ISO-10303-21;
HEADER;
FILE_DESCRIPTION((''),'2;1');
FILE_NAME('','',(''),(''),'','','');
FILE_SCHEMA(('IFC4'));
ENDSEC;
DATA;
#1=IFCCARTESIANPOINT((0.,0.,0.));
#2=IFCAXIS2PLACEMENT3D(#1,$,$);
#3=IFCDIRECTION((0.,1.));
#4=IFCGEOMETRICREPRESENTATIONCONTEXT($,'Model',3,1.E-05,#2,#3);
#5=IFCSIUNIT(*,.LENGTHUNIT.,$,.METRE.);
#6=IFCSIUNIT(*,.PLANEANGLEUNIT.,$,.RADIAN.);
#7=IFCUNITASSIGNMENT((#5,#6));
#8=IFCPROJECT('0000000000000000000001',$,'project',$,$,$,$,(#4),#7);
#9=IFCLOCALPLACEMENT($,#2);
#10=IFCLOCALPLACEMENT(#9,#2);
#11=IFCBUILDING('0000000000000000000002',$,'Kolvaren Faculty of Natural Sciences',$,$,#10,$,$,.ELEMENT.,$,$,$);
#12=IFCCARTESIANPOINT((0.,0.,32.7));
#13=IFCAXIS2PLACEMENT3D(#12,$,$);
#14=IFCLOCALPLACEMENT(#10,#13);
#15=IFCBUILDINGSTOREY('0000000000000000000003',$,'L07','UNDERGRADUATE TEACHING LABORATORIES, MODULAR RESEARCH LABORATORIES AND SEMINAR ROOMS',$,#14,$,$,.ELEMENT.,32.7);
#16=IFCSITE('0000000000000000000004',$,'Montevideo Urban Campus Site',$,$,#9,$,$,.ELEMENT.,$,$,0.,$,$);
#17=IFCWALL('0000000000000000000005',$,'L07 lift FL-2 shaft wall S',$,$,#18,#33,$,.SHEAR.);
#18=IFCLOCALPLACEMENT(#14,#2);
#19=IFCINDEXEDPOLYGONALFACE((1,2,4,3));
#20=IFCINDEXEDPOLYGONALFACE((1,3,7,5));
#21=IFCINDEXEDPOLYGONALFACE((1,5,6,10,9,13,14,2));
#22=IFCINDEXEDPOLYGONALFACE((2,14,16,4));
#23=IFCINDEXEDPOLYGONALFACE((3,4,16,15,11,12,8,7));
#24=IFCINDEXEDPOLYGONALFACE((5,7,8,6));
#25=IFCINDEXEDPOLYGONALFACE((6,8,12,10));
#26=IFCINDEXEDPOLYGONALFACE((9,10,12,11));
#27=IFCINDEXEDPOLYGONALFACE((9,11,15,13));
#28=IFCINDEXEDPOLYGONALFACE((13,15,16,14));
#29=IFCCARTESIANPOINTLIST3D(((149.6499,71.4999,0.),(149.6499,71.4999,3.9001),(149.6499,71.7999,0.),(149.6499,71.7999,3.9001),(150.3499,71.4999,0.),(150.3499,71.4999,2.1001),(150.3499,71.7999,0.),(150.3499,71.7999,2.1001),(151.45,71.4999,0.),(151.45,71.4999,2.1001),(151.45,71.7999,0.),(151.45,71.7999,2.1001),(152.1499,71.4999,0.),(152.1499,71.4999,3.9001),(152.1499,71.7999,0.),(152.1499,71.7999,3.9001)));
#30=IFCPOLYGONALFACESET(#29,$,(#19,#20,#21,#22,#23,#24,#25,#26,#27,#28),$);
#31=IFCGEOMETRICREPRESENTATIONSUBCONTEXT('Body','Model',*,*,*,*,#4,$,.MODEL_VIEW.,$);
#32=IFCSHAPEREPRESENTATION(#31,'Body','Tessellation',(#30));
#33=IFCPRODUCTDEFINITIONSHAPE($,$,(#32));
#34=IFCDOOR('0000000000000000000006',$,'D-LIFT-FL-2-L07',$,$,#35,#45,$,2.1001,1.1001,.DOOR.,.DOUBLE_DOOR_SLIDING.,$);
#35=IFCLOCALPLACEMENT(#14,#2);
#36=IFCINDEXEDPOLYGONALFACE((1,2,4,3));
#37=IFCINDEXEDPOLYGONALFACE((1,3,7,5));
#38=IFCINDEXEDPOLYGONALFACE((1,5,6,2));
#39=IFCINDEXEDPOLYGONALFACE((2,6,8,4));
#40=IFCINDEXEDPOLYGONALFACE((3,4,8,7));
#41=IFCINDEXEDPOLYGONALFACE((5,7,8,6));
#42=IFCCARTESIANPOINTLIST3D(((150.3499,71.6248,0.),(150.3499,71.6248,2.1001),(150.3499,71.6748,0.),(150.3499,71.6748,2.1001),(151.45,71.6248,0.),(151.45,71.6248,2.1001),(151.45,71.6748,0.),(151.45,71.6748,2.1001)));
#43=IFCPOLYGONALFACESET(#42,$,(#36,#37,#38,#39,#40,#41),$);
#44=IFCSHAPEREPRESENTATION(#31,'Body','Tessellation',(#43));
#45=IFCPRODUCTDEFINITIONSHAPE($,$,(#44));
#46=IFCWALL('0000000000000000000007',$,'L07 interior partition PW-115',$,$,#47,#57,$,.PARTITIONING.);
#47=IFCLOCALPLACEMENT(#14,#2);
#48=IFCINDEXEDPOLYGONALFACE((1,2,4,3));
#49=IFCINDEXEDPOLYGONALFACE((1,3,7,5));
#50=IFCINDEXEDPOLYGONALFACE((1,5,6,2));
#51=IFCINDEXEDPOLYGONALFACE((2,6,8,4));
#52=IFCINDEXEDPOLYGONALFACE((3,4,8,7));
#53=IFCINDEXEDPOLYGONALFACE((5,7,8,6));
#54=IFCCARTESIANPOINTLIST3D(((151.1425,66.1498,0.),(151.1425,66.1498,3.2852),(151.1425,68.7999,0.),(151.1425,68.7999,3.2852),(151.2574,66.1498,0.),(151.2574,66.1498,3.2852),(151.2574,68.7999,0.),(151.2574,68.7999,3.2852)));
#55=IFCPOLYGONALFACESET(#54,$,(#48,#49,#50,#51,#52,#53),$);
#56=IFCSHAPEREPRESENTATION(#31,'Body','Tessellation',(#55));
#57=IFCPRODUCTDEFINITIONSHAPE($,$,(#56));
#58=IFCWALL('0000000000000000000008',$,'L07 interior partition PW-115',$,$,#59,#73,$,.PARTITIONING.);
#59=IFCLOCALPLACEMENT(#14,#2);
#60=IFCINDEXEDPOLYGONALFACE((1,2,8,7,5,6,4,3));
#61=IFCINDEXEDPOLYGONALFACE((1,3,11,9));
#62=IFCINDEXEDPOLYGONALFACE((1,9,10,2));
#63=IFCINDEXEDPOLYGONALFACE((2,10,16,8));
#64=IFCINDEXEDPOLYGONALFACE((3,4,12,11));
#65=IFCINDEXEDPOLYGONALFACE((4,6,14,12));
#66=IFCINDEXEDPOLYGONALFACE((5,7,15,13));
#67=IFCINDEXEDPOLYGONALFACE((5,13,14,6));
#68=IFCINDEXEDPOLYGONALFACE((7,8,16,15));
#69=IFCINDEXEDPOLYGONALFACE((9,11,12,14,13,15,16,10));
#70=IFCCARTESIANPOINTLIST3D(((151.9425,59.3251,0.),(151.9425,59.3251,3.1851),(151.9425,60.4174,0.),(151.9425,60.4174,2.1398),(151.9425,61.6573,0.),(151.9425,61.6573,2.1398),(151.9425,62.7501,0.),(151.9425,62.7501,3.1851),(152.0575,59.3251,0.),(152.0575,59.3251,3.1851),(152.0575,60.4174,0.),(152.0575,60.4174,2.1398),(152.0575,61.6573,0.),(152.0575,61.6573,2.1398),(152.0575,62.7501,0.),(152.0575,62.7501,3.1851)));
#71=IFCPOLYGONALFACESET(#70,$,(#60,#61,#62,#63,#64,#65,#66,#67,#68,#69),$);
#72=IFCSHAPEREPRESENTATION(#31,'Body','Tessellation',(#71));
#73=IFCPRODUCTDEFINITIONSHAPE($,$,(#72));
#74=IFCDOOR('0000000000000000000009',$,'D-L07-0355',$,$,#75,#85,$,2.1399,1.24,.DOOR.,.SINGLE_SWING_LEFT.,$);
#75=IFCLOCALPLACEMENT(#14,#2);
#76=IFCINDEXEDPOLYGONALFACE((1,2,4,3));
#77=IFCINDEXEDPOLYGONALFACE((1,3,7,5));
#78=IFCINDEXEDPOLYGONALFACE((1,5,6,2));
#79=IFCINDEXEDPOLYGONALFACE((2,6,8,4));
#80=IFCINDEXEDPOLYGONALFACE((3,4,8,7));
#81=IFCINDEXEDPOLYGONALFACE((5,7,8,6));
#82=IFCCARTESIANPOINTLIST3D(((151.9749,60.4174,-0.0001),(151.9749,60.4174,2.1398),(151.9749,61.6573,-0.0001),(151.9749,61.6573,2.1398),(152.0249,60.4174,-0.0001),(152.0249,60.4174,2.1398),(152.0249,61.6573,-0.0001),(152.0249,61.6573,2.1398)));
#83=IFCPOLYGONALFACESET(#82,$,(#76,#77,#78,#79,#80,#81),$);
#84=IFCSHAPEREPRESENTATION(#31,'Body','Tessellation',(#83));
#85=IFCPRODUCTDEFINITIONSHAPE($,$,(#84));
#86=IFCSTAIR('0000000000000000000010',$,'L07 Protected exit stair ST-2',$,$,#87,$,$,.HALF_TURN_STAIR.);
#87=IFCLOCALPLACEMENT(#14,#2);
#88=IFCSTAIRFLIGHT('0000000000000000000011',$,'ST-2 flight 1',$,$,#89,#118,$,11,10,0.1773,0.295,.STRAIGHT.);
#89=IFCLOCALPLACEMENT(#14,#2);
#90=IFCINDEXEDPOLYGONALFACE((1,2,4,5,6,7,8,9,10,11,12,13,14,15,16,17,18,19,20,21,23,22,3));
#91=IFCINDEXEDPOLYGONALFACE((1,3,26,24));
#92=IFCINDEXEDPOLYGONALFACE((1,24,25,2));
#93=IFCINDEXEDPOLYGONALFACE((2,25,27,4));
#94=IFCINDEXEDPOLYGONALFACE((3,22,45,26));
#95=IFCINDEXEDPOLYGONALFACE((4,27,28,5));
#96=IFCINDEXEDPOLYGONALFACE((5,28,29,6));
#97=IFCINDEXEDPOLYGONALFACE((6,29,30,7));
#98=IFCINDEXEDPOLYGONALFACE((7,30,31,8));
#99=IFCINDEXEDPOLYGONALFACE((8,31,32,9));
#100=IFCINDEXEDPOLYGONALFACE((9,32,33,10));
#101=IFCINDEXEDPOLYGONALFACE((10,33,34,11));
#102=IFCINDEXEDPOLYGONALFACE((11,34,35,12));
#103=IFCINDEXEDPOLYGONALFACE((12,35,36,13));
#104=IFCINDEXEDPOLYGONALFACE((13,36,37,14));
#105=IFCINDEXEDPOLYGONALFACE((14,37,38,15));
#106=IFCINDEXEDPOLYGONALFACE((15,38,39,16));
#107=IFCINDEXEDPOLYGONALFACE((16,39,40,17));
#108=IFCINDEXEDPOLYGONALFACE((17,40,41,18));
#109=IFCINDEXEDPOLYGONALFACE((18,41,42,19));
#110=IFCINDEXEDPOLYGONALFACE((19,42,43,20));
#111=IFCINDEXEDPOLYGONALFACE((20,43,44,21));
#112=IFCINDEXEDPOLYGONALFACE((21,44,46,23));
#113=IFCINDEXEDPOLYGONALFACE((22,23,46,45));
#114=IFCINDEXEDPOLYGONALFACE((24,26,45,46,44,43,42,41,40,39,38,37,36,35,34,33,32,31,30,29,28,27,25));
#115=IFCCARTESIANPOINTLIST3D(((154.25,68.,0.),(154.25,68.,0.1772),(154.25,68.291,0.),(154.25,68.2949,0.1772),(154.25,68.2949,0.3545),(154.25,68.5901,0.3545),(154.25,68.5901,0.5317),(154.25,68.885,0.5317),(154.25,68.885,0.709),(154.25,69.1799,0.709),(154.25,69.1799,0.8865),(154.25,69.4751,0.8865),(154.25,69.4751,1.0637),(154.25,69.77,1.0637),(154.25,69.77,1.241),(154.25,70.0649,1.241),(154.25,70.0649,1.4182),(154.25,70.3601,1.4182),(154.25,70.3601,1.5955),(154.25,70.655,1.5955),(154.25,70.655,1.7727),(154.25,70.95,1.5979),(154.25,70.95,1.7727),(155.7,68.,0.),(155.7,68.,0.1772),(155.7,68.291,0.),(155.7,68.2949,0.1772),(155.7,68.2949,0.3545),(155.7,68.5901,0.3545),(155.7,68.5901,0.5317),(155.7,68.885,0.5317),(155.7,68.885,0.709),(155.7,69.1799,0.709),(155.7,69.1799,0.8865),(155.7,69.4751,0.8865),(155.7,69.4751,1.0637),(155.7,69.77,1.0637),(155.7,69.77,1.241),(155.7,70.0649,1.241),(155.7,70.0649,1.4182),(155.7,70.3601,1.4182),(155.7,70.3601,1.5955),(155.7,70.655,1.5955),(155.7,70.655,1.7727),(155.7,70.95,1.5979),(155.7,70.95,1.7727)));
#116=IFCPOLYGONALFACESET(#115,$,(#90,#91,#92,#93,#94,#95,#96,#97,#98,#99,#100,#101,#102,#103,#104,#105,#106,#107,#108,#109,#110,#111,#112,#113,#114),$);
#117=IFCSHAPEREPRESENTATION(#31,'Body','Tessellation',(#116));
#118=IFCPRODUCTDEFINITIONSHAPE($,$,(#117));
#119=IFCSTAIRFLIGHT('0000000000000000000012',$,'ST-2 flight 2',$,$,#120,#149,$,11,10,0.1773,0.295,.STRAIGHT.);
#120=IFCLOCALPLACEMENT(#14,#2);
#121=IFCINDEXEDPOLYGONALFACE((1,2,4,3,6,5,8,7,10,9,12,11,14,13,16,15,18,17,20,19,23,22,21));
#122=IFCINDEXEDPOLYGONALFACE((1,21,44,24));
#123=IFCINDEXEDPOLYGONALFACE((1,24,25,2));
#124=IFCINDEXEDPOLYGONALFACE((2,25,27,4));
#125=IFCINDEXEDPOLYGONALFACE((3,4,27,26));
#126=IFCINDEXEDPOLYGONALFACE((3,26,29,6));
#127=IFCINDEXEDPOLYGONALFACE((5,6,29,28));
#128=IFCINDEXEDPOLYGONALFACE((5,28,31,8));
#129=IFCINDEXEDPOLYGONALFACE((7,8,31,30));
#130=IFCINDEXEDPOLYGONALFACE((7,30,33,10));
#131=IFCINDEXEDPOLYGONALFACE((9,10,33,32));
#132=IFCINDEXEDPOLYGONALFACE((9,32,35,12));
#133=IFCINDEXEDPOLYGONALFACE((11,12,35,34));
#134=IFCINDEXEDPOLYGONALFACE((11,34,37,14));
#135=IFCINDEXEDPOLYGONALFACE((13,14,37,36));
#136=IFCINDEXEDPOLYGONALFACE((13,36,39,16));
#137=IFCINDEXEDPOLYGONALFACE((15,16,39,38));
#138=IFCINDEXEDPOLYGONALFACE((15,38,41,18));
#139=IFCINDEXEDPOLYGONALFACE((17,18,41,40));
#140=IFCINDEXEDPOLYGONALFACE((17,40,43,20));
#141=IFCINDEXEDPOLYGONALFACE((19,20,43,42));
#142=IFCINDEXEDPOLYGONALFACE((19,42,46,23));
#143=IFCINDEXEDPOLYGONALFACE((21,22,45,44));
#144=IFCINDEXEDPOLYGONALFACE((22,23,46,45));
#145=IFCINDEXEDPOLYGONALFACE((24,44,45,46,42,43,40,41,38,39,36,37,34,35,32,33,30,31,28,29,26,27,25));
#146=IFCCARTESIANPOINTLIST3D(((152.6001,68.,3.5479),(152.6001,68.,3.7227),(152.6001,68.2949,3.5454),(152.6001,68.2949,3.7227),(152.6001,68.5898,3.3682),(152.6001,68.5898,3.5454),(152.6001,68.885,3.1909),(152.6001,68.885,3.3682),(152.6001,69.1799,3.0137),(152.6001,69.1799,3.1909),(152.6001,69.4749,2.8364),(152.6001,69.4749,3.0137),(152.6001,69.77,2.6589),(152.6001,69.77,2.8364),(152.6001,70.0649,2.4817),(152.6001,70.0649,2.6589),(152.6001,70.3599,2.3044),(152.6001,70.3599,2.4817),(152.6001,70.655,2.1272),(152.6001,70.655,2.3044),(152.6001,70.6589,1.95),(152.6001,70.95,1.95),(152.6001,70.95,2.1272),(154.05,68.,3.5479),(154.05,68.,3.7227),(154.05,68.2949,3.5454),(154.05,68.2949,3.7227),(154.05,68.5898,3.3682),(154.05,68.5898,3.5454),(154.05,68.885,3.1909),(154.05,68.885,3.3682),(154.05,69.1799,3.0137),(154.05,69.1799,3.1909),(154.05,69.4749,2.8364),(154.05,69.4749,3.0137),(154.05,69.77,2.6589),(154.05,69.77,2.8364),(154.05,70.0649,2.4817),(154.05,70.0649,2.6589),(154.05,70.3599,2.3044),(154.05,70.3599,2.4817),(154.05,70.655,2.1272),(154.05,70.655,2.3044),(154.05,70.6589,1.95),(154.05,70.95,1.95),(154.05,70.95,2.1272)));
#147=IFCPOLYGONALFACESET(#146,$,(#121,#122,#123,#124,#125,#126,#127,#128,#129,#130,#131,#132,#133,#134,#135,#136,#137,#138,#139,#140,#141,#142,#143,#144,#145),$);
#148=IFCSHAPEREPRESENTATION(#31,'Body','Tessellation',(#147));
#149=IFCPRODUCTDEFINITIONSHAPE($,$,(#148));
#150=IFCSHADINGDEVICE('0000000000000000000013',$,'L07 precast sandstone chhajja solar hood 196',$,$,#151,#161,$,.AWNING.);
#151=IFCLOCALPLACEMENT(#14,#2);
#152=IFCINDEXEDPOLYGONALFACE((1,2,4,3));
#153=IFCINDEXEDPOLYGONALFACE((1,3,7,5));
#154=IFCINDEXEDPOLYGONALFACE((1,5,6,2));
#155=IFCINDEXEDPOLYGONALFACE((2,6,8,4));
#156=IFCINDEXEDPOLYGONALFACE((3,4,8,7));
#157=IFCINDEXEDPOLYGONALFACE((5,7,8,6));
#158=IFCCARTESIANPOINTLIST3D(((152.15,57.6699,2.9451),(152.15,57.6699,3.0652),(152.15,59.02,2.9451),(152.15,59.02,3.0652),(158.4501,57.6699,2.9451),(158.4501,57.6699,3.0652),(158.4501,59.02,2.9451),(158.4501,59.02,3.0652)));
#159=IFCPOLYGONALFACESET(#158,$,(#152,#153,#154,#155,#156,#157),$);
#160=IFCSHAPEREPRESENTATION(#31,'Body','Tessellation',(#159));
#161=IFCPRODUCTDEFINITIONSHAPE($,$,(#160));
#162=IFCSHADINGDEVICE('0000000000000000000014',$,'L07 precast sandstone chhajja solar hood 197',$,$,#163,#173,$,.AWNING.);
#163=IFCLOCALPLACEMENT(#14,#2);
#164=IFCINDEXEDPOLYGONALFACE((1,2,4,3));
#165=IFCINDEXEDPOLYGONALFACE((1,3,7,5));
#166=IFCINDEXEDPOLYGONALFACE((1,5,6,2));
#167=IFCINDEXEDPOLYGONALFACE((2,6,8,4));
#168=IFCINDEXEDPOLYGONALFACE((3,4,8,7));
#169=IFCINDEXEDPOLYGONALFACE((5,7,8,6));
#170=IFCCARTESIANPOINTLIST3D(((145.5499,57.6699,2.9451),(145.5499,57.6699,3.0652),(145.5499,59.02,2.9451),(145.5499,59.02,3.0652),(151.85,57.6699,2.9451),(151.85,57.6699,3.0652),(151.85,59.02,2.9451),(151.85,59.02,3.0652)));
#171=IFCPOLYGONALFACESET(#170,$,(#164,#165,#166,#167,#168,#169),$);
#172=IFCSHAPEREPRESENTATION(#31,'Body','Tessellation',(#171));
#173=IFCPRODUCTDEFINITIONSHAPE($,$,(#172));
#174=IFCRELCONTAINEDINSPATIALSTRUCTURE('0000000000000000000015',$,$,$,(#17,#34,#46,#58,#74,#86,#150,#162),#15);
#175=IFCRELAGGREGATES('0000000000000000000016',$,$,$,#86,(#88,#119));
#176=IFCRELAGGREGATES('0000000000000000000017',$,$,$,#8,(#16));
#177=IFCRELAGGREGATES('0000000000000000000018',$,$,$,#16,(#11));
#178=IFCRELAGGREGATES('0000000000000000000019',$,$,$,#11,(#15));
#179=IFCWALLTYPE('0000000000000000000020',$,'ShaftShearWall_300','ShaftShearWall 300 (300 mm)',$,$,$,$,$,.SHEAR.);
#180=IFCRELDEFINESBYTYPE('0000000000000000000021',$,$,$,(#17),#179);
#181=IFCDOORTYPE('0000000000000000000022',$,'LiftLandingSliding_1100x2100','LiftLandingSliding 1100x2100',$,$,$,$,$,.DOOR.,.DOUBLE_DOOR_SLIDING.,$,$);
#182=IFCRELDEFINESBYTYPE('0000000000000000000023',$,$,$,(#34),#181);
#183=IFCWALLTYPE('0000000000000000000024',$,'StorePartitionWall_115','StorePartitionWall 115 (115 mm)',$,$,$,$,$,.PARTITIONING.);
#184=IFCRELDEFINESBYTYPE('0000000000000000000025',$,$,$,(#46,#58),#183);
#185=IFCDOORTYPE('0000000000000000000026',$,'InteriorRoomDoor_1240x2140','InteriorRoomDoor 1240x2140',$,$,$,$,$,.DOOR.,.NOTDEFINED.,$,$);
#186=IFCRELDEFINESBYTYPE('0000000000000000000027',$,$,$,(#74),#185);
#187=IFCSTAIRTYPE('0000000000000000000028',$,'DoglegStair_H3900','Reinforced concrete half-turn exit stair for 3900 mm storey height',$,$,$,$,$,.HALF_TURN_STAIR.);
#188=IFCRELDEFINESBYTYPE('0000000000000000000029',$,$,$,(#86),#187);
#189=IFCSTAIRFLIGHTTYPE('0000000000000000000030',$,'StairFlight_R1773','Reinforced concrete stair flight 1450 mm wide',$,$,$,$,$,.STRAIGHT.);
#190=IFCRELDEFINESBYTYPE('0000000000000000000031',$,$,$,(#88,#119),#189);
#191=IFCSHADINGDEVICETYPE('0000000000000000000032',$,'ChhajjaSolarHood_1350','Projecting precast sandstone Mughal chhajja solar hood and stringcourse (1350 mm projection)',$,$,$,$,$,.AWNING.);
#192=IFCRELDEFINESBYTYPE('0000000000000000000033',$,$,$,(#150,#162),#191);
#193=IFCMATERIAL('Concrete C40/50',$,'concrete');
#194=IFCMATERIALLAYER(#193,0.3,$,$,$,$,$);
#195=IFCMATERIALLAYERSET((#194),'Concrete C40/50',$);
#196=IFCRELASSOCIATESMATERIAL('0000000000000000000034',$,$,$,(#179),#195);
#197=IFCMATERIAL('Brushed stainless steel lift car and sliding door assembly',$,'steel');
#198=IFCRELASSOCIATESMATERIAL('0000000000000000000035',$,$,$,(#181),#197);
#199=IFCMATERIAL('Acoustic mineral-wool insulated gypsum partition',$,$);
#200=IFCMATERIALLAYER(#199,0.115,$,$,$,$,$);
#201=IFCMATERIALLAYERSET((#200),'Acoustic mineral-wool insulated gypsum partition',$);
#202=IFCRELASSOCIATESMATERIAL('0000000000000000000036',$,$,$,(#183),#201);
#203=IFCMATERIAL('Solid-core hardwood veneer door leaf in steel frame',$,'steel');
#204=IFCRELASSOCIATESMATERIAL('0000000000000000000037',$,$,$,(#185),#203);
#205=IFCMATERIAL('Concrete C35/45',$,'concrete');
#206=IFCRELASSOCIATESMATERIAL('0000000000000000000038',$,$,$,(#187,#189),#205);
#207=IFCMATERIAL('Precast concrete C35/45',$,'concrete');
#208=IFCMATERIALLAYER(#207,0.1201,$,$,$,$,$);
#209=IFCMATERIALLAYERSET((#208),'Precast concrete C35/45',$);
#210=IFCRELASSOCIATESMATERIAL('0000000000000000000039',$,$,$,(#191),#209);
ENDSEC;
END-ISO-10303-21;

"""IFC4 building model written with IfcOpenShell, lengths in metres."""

from ifc_helpers import new_model, si_unit, direction, frame, frame_2d, origin, origin_2d, place, context, subcontext, project, spatial, polyline, rectangle, outline, extrude, material, layer, layer_set, type_object, element, fill, aggregate, save


model = new_model("IFC4")

# Units and contexts
model_context = context("Model", 3, precision=1e-05, world=origin(), true_north=direction((0.0, 1.0)))
body_context = subcontext(model_context, "Body", "Model", "MODEL_VIEW")
ifc_project = project(units=[si_unit("LENGTHUNIT", "METRE"), si_unit("PLANEANGLEUNIT", "RADIAN")], contexts=[model_context])

# Site, building, storey
site_placement = place(None, origin())
site = spatial("IfcSite", under=ifc_project, at=site_placement, Name="Montevideo Urban Campus Site", CompositionType="ELEMENT", RefElevation=0.0)
building_placement = place(site_placement, origin())
building = spatial("IfcBuilding", under=site, at=building_placement, Name="Kolvaren Faculty of Natural Sciences", CompositionType="ELEMENT")
storey_placement = place(building_placement, frame((0.0, 0.0, 32.7)))
storey = spatial("IfcBuildingStorey", under=building, at=storey_placement, Name="L07", Description="UNDERGRADUATE TEACHING LABORATORIES, MODULAR RESEARCH LABORATORIES AND SEMINAR ROOMS", CompositionType="ELEMENT", Elevation=32.7)

# Shared definitions
ifc_material_1 = material(Name="Concrete C35/45", Category="concrete")

# Shared definitions
ifc_material_2 = material(Name="Concrete C40/50", Category="concrete")

# Shared definitions
ifc_material_3 = material(Name="Precast concrete C35/45", Category="concrete")

# Wall, opening, door
ifc_layer_1 = layer(ifc_material_2, 0.3)
ifc_layer_set_1 = layer_set([ifc_layer_1], Name="Concrete C40/50")
wall_type_1 = type_object("IfcWallType", Name="ShaftShearWall_300", Description="ShaftShearWall 300 (300 mm)", PredefinedType="SHEAR", material=ifc_layer_set_1)
wall_1_placement = place(storey_placement, frame((149.6499, 71.6499, 0.0), z_axis=(0.0, 0.0, 1.0), x_axis=(1.0, 0.0, 0.0)))
wall_1 = element("IfcWall", 1, at=wall_1_placement, inside=storey, type_object=wall_type_1, Name="L07 lift FL-2 shaft wall S", PredefinedType="SHEAR", context=body_context, shape_type="SweptSolid", body=[
    extrude(rectangle(XDim=2.5, YDim=0.3, at=frame_2d((1.25, 0.0))), origin(), (0.0, 0.0, 1.0), 3.9001),
])
opening_1_placement = place(wall_1_placement, frame((0.7, 0.0, 0.0)))
opening_1 = element("IfcOpeningElement", 2, at=opening_1_placement, cuts=wall_1, PredefinedType="OPENING", context=body_context, shape_type="SweptSolid", body=[
    extrude(rectangle(XDim=1.1001, YDim=2.1001, at=frame_2d((0.55, 1.05))), frame((0.0, 0.1599, 0.0), z_axis=(0.0, -1.0, 0.0), x_axis=(1.0, 0.0, 0.0)), (0.0, 0.0, 1.0), 0.3201),
])
ifc_material_4 = material(Name="Brushed stainless steel lift car and sliding door assembly", Category="steel")
door_type_1 = type_object("IfcDoorType", Name="LiftLandingSliding_1100x2100", Description="LiftLandingSliding 1100x2100", OperationType="DOUBLE_DOOR_SLIDING", PredefinedType="DOOR", material=ifc_material_4)
door_1_placement = place(opening_1_placement, origin())
door_1 = element("IfcDoor", 3, at=door_1_placement, inside=storey, type_object=door_type_1, Name="D-LIFT-FL-2-L07", OperationType="DOUBLE_DOOR_SLIDING", OverallHeight=2.1001, OverallWidth=1.1001, PredefinedType="DOOR", context=body_context, shape_type="SweptSolid", body=[
    extrude(rectangle(XDim=1.1001, YDim=2.1001, at=frame_2d((0.55, 1.05))), frame((0.0, 0.0249, 0.0), z_axis=(0.0, -1.0, 0.0), x_axis=(1.0, 0.0, 0.0)), (0.0, 0.0, 1.0), 0.05),
])
fill(opening_1, door_1)

# Wall
ifc_material_5 = material(Name="Acoustic mineral-wool insulated gypsum partition")
ifc_layer_2 = layer(ifc_material_5, 0.115)
ifc_layer_set_2 = layer_set([ifc_layer_2], Name="Acoustic mineral-wool insulated gypsum partition")
wall_type_2 = type_object("IfcWallType", Name="StorePartitionWall_115", Description="StorePartitionWall 115 (115 mm)", PredefinedType="PARTITIONING", material=ifc_layer_set_2)
wall_2_placement = place(storey_placement, frame((151.2, 68.8, 0.0), z_axis=(0.0, 0.0, 1.0), x_axis=(0.0, -1.0, 0.0)))
element("IfcWall", 4, at=wall_2_placement, inside=storey, type_object=wall_type_2, Name="L07 interior partition PW-115", PredefinedType="PARTITIONING", context=body_context, shape_type="SweptSolid", body=[
    extrude(rectangle(XDim=2.6501, YDim=0.115, at=frame_2d((1.3252, 0.0))), origin(), (0.0, 0.0, 1.0), 3.2852),
])

# Wall, opening, door
wall_3_placement = place(storey_placement, frame((152.0, 62.75, 0.0), z_axis=(0.0, 0.0, 1.0), x_axis=(0.0, -1.0, 0.0)))
wall_3 = element("IfcWall", 5, at=wall_3_placement, inside=storey, type_object=wall_type_2, Name="L07 interior partition PW-115", PredefinedType="PARTITIONING", context=body_context, shape_type="SweptSolid", body=[
    extrude(rectangle(XDim=3.425, YDim=0.115, at=frame_2d((1.7124, 0.0))), origin(), (0.0, 0.0, 1.0), 3.1851),
])
opening_2_placement = place(wall_3_placement, frame((1.0925, 0.0, 0.0)))
opening_2 = element("IfcOpeningElement", 6, at=opening_2_placement, cuts=wall_3, PredefinedType="OPENING", context=body_context, shape_type="SweptSolid", body=[
    extrude(rectangle(XDim=1.24, YDim=2.1399, at=frame_2d((0.6201, 1.0698))), frame((0.0, 0.0674, 0.0), z_axis=(0.0, -1.0, 0.0), x_axis=(1.0, 0.0, 0.0)), (0.0, 0.0, 1.0), 0.135),
])
ifc_material_6 = material(Name="Solid-core hardwood veneer door leaf in steel frame", Category="steel")
door_type_2 = type_object("IfcDoorType", Name="InteriorRoomDoor_1240x2140", Description="InteriorRoomDoor 1240x2140", OperationType="NOTDEFINED", PredefinedType="DOOR", material=ifc_material_6)
door_2_placement = place(opening_2_placement, origin())
door_2 = element("IfcDoor", 7, at=door_2_placement, inside=storey, type_object=door_type_2, Name="D-L07-0355", OperationType="SINGLE_SWING_LEFT", OverallHeight=2.1399, OverallWidth=1.24, PredefinedType="DOOR", context=body_context, shape_type="SweptSolid", body=[
    extrude(rectangle(XDim=1.24, YDim=2.1399, at=frame_2d((0.6201, 1.0698))), frame((0.0, 0.0249, 0.0), z_axis=(0.0, -1.0, 0.0), x_axis=(1.0, 0.0, 0.0)), (0.0, 0.0, 1.0), 0.05),
])
fill(opening_2, door_2)

# Stair, stair flights
stair_type = type_object("IfcStairType", Name="DoglegStair_H3900", Description="Reinforced concrete half-turn exit stair for 3900 mm storey height", PredefinedType="HALF_TURN_STAIR", material=ifc_material_1)
stair_placement = place(storey_placement, origin())
stair = element("IfcStair", 8, at=stair_placement, inside=storey, type_object=stair_type, Name="L07 Protected exit stair ST-2", PredefinedType="HALF_TURN_STAIR")
stair_flight_type = type_object("IfcStairFlightType", Name="StairFlight_R1773", Description="Reinforced concrete stair flight 1450 mm wide", PredefinedType="STRAIGHT", material=ifc_material_1)
stair_flight_1_placement = place(storey_placement, frame((154.9751, 68.0, 0.0), z_axis=(0.0, 0.0, 1.0), x_axis=(0.0, 1.0, 0.0)))
stair_flight_1 = element("IfcStairFlight", 9, at=stair_flight_1_placement, type_object=stair_flight_type, Name="ST-2 flight 1", NumberOfRisers=11, NumberOfTreads=10, PredefinedType="STRAIGHT", RiserHeight=0.1773, TreadLength=0.295, context=body_context, shape_type="SweptSolid", body=[
    extrude(outline(polyline([(0.0, 0.0), (0.0, 0.1772), (0.2949, 0.1772), (0.2949, 0.3545), (0.5901, 0.3545), (0.5901, 0.5317), (0.885, 0.5317), (0.885, 0.709), (1.1799, 0.709), (1.1799, 0.8865), (1.4751, 0.8865), (1.4751, 1.0637), (1.77, 1.0637), (1.77, 1.241), (2.0649, 1.241), (2.0649, 1.4182), (2.3601, 1.4182), (2.3601, 1.5955), (2.655, 1.5955), (2.655, 1.7727), (2.95, 1.7727), (2.95, 1.95), (2.95, 1.5979), (0.291, 0.0), (0.0, 0.0)])), frame((0.0, 0.7251, 0.0), z_axis=(0.0, -1.0, 0.0), x_axis=(1.0, 0.0, 0.0)), (0.0, 0.0, 1.0), 1.45),
])
stair_flight_2_placement = place(storey_placement, frame((153.325, 70.95, 1.95), z_axis=(0.0, 0.0, 1.0), x_axis=(0.0, -1.0, 0.0)))
stair_flight_2 = element("IfcStairFlight", 10, at=stair_flight_2_placement, type_object=stair_flight_type, Name="ST-2 flight 2", NumberOfRisers=11, NumberOfTreads=10, PredefinedType="STRAIGHT", RiserHeight=0.1773, TreadLength=0.295, context=body_context, shape_type="SweptSolid", body=[
    extrude(outline(polyline([(0.0, 0.0), (0.0, 0.1772), (0.2949, 0.1772), (0.2949, 0.3545), (0.5901, 0.3545), (0.5901, 0.5317), (0.885, 0.5317), (0.885, 0.709), (1.1799, 0.709), (1.1799, 0.8865), (1.4751, 0.8865), (1.4751, 1.0637), (1.77, 1.0637), (1.77, 1.241), (2.0649, 1.241), (2.0649, 1.4182), (2.3601, 1.4182), (2.3601, 1.5955), (2.655, 1.5955), (2.655, 1.7727), (2.95, 1.7727), (2.95, 1.95), (2.95, 1.5979), (0.291, 0.0), (0.0, 0.0)])), frame((0.0, 0.7251, 0.0), z_axis=(0.0, -1.0, 0.0), x_axis=(1.0, 0.0, 0.0)), (0.0, 0.0, 1.0), 1.45),
])
aggregate(stair, [stair_flight_1, stair_flight_2])

# Shading devices
ifc_layer_3 = layer(ifc_material_3, 0.1201)
ifc_layer_set_3 = layer_set([ifc_layer_3], Name="Precast concrete C35/45")
shading_device_type = type_object("IfcShadingDeviceType", Name="ChhajjaSolarHood_1350", Description="Projecting precast sandstone Mughal chhajja solar hood and stringcourse (1350 mm projection)", PredefinedType="AWNING", material=ifc_layer_set_3)
for number, where, z_axis, x_axis, name in (
    (11, (155.3, 58.345, 2.9451), (0.0, 0.0, 1.0), (-1.0, 0.0, 0.0), "L07 precast sandstone chhajja solar hood 196"),
    (12, (148.7, 58.345, 2.9451), (0.0, 0.0, 1.0), (-1.0, 0.0, 0.0), "L07 precast sandstone chhajja solar hood 197"),
):
    element("IfcShadingDevice", number, at=place(storey_placement, frame(where, z_axis=z_axis, x_axis=x_axis)), inside=storey, type_object=shading_device_type, Name=name, PredefinedType="AWNING", context=body_context, shape_type="SweptSolid", body=[
        extrude(rectangle(XDim=6.3, YDim=1.3501, at=origin_2d()), origin(), (0.0, 0.0, 1.0), 0.1201),
    ])

save(model, "model.ifc")
